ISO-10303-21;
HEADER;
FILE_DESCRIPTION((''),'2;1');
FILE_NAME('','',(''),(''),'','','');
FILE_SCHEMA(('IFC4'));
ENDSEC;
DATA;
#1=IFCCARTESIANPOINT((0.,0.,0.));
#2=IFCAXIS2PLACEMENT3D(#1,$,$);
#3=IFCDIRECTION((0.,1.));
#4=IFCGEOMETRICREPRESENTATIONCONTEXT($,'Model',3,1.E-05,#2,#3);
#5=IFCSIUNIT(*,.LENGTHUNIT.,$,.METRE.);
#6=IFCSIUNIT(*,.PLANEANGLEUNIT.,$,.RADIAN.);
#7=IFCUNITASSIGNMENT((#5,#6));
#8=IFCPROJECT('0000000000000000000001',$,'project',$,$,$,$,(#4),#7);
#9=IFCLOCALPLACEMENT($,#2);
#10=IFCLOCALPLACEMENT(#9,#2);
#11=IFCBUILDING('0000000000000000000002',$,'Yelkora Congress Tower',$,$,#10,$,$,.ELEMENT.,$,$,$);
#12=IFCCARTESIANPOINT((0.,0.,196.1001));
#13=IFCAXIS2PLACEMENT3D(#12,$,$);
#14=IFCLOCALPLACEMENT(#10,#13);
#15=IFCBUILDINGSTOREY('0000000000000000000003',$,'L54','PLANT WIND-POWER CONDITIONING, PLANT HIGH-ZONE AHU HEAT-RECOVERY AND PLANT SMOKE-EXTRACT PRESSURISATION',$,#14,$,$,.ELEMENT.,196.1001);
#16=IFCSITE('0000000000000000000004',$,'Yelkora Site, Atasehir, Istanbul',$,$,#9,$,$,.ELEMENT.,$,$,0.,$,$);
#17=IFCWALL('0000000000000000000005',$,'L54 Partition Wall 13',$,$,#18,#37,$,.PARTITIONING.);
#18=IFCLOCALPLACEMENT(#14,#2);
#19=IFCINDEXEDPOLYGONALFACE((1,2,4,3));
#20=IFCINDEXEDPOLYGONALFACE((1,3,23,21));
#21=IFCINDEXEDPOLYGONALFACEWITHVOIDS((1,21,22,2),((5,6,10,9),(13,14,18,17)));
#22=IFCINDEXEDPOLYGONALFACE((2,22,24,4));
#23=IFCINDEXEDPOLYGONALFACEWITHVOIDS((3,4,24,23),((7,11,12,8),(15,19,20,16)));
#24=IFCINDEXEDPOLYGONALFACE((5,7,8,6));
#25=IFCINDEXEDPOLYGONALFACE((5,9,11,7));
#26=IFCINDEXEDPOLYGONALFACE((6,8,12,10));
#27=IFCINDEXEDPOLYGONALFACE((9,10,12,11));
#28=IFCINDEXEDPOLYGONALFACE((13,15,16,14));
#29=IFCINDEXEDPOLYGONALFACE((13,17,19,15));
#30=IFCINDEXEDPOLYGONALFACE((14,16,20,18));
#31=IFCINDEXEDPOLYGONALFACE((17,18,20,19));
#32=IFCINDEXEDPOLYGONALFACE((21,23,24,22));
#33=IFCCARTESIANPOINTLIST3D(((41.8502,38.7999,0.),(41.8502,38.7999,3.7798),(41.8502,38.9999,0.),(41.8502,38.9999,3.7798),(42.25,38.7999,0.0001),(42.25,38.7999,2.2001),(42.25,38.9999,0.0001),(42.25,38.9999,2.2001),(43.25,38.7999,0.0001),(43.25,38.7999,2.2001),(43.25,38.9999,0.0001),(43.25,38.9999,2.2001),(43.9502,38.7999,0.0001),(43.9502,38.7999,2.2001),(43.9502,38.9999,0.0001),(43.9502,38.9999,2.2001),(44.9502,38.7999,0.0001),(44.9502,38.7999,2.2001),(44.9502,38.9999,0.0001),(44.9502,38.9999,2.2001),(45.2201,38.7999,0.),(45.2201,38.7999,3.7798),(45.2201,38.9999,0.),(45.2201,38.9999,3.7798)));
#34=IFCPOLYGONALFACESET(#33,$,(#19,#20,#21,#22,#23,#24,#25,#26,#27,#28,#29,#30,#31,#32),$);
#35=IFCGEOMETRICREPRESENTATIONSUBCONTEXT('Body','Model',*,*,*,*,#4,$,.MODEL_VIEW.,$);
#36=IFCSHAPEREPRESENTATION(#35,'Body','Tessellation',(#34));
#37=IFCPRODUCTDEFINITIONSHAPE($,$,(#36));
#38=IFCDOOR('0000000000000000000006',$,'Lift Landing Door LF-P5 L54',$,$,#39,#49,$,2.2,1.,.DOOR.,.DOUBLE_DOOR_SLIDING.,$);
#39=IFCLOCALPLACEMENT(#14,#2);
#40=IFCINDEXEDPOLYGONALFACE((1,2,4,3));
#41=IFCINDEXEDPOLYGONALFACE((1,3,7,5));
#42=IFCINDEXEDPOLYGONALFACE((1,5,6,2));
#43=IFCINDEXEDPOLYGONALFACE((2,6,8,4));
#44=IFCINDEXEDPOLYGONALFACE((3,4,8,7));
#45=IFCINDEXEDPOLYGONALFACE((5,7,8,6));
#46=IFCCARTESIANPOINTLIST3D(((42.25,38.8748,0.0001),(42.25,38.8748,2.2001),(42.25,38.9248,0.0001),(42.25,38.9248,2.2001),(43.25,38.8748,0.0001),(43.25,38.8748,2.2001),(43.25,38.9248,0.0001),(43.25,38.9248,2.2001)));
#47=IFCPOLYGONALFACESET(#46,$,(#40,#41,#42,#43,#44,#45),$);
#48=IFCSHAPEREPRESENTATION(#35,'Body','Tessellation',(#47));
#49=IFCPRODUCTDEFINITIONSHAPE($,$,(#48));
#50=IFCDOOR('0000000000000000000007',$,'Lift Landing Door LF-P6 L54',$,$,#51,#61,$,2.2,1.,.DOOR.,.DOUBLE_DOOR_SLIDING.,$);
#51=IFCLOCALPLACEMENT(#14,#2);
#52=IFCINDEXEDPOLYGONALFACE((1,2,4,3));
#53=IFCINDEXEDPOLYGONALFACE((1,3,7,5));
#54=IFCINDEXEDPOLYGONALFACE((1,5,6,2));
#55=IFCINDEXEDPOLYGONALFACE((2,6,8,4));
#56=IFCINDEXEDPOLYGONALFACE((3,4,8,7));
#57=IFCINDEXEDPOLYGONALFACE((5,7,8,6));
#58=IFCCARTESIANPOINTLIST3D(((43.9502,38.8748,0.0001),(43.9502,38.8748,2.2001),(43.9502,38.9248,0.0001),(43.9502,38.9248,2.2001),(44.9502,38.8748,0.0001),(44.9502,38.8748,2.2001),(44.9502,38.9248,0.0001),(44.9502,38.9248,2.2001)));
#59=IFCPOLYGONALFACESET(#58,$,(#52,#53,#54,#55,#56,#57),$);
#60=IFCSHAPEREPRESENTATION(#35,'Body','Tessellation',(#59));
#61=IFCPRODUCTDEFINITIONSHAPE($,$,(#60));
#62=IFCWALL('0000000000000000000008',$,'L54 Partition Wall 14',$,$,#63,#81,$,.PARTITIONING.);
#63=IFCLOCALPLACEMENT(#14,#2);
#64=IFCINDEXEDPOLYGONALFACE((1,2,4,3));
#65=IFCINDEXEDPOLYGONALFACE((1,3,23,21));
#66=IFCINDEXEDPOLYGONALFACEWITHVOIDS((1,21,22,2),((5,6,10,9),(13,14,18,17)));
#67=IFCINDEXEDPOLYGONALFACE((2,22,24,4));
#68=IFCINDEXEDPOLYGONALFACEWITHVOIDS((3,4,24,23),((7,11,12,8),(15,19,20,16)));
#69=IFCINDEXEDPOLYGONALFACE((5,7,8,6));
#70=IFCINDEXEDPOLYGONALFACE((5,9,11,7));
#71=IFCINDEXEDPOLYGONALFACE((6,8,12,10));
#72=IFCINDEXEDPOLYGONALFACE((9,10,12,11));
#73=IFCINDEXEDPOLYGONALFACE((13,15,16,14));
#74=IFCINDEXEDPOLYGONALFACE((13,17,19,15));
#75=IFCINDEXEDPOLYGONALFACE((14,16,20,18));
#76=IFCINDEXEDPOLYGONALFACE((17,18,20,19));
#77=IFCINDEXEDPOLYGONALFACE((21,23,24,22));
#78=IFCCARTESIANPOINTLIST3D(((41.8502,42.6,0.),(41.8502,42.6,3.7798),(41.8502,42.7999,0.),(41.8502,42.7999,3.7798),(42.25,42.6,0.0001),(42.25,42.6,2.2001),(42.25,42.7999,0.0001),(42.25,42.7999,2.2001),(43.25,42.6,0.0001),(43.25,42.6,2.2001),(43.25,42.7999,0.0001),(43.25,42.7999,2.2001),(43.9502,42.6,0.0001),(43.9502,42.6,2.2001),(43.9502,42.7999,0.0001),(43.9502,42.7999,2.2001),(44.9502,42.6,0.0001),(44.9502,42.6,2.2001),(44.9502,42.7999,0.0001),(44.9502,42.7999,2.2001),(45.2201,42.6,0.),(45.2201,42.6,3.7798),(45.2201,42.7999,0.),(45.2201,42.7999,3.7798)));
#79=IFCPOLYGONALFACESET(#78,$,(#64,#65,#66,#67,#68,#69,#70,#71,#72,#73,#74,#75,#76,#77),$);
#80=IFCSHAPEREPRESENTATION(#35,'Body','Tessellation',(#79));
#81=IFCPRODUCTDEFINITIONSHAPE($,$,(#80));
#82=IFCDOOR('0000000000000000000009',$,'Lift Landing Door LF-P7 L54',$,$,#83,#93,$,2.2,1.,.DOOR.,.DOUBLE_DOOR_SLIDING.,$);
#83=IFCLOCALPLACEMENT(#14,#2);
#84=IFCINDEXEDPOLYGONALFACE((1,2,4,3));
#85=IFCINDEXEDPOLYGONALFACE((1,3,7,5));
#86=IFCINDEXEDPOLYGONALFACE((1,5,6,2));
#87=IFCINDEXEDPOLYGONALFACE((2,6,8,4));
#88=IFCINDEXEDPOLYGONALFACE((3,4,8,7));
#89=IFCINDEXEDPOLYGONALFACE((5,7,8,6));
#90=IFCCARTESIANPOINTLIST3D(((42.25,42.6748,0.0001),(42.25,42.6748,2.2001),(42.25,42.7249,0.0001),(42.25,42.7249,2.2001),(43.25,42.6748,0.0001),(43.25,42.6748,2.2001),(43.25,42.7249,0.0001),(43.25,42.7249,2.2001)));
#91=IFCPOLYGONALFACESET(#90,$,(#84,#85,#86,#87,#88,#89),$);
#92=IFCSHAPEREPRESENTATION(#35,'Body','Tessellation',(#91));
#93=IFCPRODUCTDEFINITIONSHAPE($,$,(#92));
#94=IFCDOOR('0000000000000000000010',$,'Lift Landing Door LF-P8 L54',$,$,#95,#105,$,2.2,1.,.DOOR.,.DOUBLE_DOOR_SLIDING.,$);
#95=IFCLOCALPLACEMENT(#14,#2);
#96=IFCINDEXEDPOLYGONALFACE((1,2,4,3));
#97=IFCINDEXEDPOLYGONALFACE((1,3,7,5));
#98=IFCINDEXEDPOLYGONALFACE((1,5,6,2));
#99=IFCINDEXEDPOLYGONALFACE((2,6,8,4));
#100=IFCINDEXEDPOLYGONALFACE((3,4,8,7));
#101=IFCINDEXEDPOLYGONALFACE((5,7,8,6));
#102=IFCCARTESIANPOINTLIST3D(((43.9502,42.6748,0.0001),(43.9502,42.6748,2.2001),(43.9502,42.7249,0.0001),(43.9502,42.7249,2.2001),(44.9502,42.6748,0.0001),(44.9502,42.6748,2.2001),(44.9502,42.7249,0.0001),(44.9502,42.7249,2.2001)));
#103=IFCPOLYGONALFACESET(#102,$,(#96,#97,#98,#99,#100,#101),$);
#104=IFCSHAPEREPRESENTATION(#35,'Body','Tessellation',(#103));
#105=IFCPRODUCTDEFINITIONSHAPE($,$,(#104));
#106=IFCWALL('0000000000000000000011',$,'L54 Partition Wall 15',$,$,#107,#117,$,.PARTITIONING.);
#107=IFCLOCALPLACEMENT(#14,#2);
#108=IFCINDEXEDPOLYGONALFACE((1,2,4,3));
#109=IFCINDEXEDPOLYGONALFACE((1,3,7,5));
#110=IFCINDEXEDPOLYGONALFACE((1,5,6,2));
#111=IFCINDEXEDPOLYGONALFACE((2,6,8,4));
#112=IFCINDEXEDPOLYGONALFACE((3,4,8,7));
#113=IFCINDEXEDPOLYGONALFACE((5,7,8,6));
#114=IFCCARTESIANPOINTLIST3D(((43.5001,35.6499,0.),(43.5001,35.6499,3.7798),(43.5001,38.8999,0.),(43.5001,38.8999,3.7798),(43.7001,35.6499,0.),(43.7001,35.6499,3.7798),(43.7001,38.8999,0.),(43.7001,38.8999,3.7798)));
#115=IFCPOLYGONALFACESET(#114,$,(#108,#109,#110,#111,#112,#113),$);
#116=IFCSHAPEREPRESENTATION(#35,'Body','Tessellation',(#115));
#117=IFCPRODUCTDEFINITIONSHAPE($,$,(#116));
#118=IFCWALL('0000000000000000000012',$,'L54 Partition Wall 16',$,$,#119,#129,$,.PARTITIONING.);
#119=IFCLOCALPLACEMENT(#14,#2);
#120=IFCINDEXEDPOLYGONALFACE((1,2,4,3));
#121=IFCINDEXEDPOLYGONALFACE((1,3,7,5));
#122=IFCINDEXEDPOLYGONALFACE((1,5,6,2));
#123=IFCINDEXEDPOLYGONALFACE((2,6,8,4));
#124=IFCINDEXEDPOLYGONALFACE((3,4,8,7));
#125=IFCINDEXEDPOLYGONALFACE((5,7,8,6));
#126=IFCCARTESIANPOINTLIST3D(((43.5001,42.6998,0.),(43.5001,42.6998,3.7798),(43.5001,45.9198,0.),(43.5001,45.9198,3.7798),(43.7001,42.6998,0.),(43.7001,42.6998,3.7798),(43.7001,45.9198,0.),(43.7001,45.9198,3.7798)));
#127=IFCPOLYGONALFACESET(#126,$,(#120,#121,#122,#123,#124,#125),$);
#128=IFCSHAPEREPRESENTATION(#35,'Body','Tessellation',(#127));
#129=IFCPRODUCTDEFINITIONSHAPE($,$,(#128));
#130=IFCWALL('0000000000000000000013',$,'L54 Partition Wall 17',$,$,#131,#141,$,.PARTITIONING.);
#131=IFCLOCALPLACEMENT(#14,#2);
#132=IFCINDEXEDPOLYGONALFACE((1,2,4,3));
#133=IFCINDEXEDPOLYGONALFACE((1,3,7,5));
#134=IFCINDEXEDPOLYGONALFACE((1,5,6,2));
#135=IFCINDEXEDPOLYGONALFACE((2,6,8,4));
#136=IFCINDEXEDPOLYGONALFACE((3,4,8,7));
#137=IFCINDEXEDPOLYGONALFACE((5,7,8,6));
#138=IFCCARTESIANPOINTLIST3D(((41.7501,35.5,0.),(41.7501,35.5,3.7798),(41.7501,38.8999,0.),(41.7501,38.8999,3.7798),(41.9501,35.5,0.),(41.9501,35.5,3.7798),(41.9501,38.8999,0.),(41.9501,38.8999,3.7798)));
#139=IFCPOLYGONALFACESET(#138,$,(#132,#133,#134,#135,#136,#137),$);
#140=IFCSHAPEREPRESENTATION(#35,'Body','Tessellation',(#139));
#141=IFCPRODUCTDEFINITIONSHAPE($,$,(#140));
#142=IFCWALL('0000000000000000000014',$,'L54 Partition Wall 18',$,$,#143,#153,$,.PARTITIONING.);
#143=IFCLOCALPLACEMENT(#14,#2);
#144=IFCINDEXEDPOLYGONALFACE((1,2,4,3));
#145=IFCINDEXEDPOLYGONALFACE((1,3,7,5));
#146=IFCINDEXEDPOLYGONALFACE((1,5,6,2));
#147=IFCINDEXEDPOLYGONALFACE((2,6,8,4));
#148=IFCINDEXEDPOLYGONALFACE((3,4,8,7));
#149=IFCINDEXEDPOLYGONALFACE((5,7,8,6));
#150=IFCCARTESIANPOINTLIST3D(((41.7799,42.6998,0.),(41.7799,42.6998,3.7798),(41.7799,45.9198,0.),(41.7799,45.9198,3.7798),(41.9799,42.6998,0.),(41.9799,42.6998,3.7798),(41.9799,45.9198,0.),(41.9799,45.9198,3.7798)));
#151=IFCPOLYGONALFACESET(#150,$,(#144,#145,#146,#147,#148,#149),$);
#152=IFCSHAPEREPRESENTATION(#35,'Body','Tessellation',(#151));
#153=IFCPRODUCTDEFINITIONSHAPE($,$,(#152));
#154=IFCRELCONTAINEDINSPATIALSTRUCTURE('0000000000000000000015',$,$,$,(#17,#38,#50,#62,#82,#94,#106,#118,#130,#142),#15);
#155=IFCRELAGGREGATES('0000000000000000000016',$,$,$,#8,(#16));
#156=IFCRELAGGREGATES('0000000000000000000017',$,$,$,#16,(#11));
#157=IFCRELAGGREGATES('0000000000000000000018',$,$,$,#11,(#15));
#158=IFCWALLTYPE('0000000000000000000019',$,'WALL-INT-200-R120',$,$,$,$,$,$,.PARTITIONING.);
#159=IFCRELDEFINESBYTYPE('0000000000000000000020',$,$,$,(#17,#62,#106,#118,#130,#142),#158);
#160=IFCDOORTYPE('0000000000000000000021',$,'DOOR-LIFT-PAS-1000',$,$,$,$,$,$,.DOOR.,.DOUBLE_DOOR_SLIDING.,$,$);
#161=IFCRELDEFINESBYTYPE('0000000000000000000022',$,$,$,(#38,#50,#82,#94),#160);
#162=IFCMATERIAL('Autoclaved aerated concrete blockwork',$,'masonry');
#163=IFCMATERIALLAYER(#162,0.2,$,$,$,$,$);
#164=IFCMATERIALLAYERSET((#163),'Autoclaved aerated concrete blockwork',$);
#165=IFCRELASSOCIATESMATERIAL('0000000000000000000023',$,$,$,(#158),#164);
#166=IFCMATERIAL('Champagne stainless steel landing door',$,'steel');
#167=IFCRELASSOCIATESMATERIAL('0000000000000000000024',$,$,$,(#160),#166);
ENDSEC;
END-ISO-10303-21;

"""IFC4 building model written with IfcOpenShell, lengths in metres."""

from ifc_helpers import new_model, si_unit, direction, frame, frame_2d, origin, place, context, subcontext, project, spatial, rectangle, extrude, material, layer, layer_set, type_object, element, fill, save


model = new_model("IFC4")

# Units and contexts
model_context = context("Model", 3, precision=1e-05, world=origin(), true_north=direction((0.0, 1.0)))
body_context = subcontext(model_context, "Body", "Model", "MODEL_VIEW")
ifc_project = project(units=[si_unit("LENGTHUNIT", "METRE"), si_unit("PLANEANGLEUNIT", "RADIAN")], contexts=[model_context])

# Site, building, storey
site_placement = place(None, origin())
site = spatial("IfcSite", under=ifc_project, at=site_placement, Name="Yelkora Site, Atasehir, Istanbul", CompositionType="ELEMENT", RefElevation=0.0)
building_placement = place(site_placement, origin())
building = spatial("IfcBuilding", under=site, at=building_placement, Name="Yelkora Congress Tower", CompositionType="ELEMENT")
storey_placement = place(building_placement, frame((0.0, 0.0, 196.1001)))
storey = spatial("IfcBuildingStorey", under=building, at=storey_placement, Name="L54", Description="PLANT WIND-POWER CONDITIONING, PLANT HIGH-ZONE AHU HEAT-RECOVERY AND PLANT SMOKE-EXTRACT PRESSURISATION", CompositionType="ELEMENT", Elevation=196.1001)

# Shared definitions
ifc_material_1 = material(Name="Autoclaved aerated concrete blockwork", Category="masonry")
ifc_layer_1 = layer(ifc_material_1, 0.2)
ifc_layer_set_1 = layer_set([ifc_layer_1], Name="Autoclaved aerated concrete blockwork")
wall_type_1 = type_object("IfcWallType", Name="WALL-INT-200-R120", PredefinedType="PARTITIONING", material=ifc_layer_set_1)

# Walls, openings, doors
wall_1_placement = place(storey_placement, frame((41.8501, 38.8999, 0.0), z_axis=(0.0, 0.0, 1.0), x_axis=(1.0, 0.0, 0.0)))
wall_1 = element("IfcWall", 1, at=wall_1_placement, inside=storey, type_object=wall_type_1, Name="L54 Partition Wall 13", PredefinedType="PARTITIONING", context=body_context, shape_type="SweptSolid", body=[
    extrude(rectangle(XDim=3.3699, YDim=0.2, at=frame_2d((1.6851, 0.0))), origin(), (0.0, 0.0, 1.0), 3.7798),
])
opening_1_placement = place(wall_1_placement, frame((0.3999, 0.0, 0.0)))
opening_1 = element("IfcOpeningElement", 2, at=opening_1_placement, cuts=wall_1, PredefinedType="OPENING", context=body_context, shape_type="SweptSolid", body=[
    extrude(rectangle(XDim=1.0, YDim=2.2, at=frame_2d((0.5, 1.1001))), frame((0.0, 0.1099, 0.0), z_axis=(0.0, -1.0, 0.0), x_axis=(1.0, 0.0, 0.0)), (0.0, 0.0, 1.0), 0.22),
])
opening_2_placement = place(wall_1_placement, frame((2.1001, 0.0, 0.0)))
opening_2 = element("IfcOpeningElement", 3, at=opening_2_placement, cuts=wall_1, PredefinedType="OPENING", context=body_context, shape_type="SweptSolid", body=[
    extrude(rectangle(XDim=1.0, YDim=2.2, at=frame_2d((0.5, 1.1001))), frame((0.0, 0.1099, 0.0), z_axis=(0.0, -1.0, 0.0), x_axis=(1.0, 0.0, 0.0)), (0.0, 0.0, 1.0), 0.22),
])
ifc_material_2 = material(Name="Champagne stainless steel landing door", Category="steel")
door_type_1 = type_object("IfcDoorType", Name="DOOR-LIFT-PAS-1000", OperationType="DOUBLE_DOOR_SLIDING", PredefinedType="DOOR", material=ifc_material_2)
door_1_placement = place(opening_1_placement, origin())
door_1 = element("IfcDoor", 4, at=door_1_placement, inside=storey, type_object=door_type_1, Name="Lift Landing Door LF-P5 L54", OperationType="DOUBLE_DOOR_SLIDING", OverallHeight=2.2, OverallWidth=1.0, PredefinedType="DOOR", context=body_context, shape_type="SweptSolid", body=[
    extrude(rectangle(XDim=1.0, YDim=2.2, at=frame_2d((0.5, 1.1001))), frame((0.0, 0.0249, 0.0), z_axis=(0.0, -1.0, 0.0), x_axis=(1.0, 0.0, 0.0)), (0.0, 0.0, 1.0), 0.05),
])
fill(opening_1, door_1)
door_2_placement = place(opening_2_placement, origin())
door_2 = element("IfcDoor", 5, at=door_2_placement, inside=storey, type_object=door_type_1, Name="Lift Landing Door LF-P6 L54", OperationType="DOUBLE_DOOR_SLIDING", OverallHeight=2.2, OverallWidth=1.0, PredefinedType="DOOR", context=body_context, shape_type="SweptSolid", body=[
    extrude(rectangle(XDim=1.0, YDim=2.2, at=frame_2d((0.5, 1.1001))), frame((0.0, 0.0249, 0.0), z_axis=(0.0, -1.0, 0.0), x_axis=(1.0, 0.0, 0.0)), (0.0, 0.0, 1.0), 0.05),
])
fill(opening_2, door_2)
wall_2_placement = place(storey_placement, frame((41.8501, 42.7, 0.0), z_axis=(0.0, 0.0, 1.0), x_axis=(1.0, 0.0, 0.0)))
wall_2 = element("IfcWall", 6, at=wall_2_placement, inside=storey, type_object=wall_type_1, Name="L54 Partition Wall 14", PredefinedType="PARTITIONING", context=body_context, shape_type="SweptSolid", body=[
    extrude(rectangle(XDim=3.3699, YDim=0.2, at=frame_2d((1.6851, 0.0))), origin(), (0.0, 0.0, 1.0), 3.7798),
])
opening_3_placement = place(wall_2_placement, frame((0.3999, 0.0, 0.0)))
opening_3 = element("IfcOpeningElement", 7, at=opening_3_placement, cuts=wall_2, PredefinedType="OPENING", context=body_context, shape_type="SweptSolid", body=[
    extrude(rectangle(XDim=1.0, YDim=2.2, at=frame_2d((0.5, 1.1001))), frame((0.0, 0.1099, 0.0), z_axis=(0.0, -1.0, 0.0), x_axis=(1.0, 0.0, 0.0)), (0.0, 0.0, 1.0), 0.22),
])
opening_4_placement = place(wall_2_placement, frame((2.1001, 0.0, 0.0)))
opening_4 = element("IfcOpeningElement", 8, at=opening_4_placement, cuts=wall_2, PredefinedType="OPENING", context=body_context, shape_type="SweptSolid", body=[
    extrude(rectangle(XDim=1.0, YDim=2.2, at=frame_2d((0.5, 1.1001))), frame((0.0, 0.1099, 0.0), z_axis=(0.0, -1.0, 0.0), x_axis=(1.0, 0.0, 0.0)), (0.0, 0.0, 1.0), 0.22),
])
door_3_placement = place(opening_3_placement, origin())
door_3 = element("IfcDoor", 9, at=door_3_placement, inside=storey, type_object=door_type_1, Name="Lift Landing Door LF-P7 L54", OperationType="DOUBLE_DOOR_SLIDING", OverallHeight=2.2, OverallWidth=1.0, PredefinedType="DOOR", context=body_context, shape_type="SweptSolid", body=[
    extrude(rectangle(XDim=1.0, YDim=2.2, at=frame_2d((0.5, 1.1001))), frame((0.0, 0.0249, 0.0), z_axis=(0.0, -1.0, 0.0), x_axis=(1.0, 0.0, 0.0)), (0.0, 0.0, 1.0), 0.05),
])
fill(opening_3, door_3)
door_4_placement = place(opening_4_placement, origin())
door_4 = element("IfcDoor", 10, at=door_4_placement, inside=storey, type_object=door_type_1, Name="Lift Landing Door LF-P8 L54", OperationType="DOUBLE_DOOR_SLIDING", OverallHeight=2.2, OverallWidth=1.0, PredefinedType="DOOR", context=body_context, shape_type="SweptSolid", body=[
    extrude(rectangle(XDim=1.0, YDim=2.2, at=frame_2d((0.5, 1.1001))), frame((0.0, 0.0249, 0.0), z_axis=(0.0, -1.0, 0.0), x_axis=(1.0, 0.0, 0.0)), (0.0, 0.0, 1.0), 0.05),
])
fill(opening_4, door_4)

# Walls
wall_3_placement = place(storey_placement, frame((43.6001, 35.6499, 0.0), z_axis=(0.0, 0.0, 1.0), x_axis=(0.0, 1.0, 0.0)))
element("IfcWall", 11, at=wall_3_placement, inside=storey, type_object=wall_type_1, Name="L54 Partition Wall 15", PredefinedType="PARTITIONING", context=body_context, shape_type="SweptSolid", body=[
    extrude(rectangle(XDim=3.25, YDim=0.2, at=frame_2d((1.625, 0.0))), origin(), (0.0, 0.0, 1.0), 3.7798),
])
wall_4_placement = place(storey_placement, frame((43.6001, 42.7, 0.0), z_axis=(0.0, 0.0, 1.0), x_axis=(0.0, 1.0, 0.0)))
element("IfcWall", 12, at=wall_4_placement, inside=storey, type_object=wall_type_1, Name="L54 Partition Wall 16", PredefinedType="PARTITIONING", context=body_context, shape_type="SweptSolid", body=[
    extrude(rectangle(XDim=3.22, YDim=0.2, at=frame_2d((1.6099, 0.0))), origin(), (0.0, 0.0, 1.0), 3.7798),
])
wall_5_placement = place(storey_placement, frame((41.8501, 35.5, 0.0), z_axis=(0.0, 0.0, 1.0), x_axis=(0.0, 1.0, 0.0)))
element("IfcWall", 13, at=wall_5_placement, inside=storey, type_object=wall_type_1, Name="L54 Partition Wall 17", PredefinedType="PARTITIONING", context=body_context, shape_type="SweptSolid", body=[
    extrude(rectangle(XDim=3.3999, YDim=0.2, at=frame_2d((1.7, 0.0))), origin(), (0.0, 0.0, 1.0), 3.7798),
])
wall_6_placement = place(storey_placement, frame((41.8799, 42.7, 0.0), z_axis=(0.0, 0.0, 1.0), x_axis=(0.0, 1.0, 0.0)))
element("IfcWall", 14, at=wall_6_placement, inside=storey, type_object=wall_type_1, Name="L54 Partition Wall 18", PredefinedType="PARTITIONING", context=body_context, shape_type="SweptSolid", body=[
    extrude(rectangle(XDim=3.22, YDim=0.2, at=frame_2d((1.6099, 0.0))), origin(), (0.0, 0.0, 1.0), 3.7798),
])

save(model, "model.ifc")
